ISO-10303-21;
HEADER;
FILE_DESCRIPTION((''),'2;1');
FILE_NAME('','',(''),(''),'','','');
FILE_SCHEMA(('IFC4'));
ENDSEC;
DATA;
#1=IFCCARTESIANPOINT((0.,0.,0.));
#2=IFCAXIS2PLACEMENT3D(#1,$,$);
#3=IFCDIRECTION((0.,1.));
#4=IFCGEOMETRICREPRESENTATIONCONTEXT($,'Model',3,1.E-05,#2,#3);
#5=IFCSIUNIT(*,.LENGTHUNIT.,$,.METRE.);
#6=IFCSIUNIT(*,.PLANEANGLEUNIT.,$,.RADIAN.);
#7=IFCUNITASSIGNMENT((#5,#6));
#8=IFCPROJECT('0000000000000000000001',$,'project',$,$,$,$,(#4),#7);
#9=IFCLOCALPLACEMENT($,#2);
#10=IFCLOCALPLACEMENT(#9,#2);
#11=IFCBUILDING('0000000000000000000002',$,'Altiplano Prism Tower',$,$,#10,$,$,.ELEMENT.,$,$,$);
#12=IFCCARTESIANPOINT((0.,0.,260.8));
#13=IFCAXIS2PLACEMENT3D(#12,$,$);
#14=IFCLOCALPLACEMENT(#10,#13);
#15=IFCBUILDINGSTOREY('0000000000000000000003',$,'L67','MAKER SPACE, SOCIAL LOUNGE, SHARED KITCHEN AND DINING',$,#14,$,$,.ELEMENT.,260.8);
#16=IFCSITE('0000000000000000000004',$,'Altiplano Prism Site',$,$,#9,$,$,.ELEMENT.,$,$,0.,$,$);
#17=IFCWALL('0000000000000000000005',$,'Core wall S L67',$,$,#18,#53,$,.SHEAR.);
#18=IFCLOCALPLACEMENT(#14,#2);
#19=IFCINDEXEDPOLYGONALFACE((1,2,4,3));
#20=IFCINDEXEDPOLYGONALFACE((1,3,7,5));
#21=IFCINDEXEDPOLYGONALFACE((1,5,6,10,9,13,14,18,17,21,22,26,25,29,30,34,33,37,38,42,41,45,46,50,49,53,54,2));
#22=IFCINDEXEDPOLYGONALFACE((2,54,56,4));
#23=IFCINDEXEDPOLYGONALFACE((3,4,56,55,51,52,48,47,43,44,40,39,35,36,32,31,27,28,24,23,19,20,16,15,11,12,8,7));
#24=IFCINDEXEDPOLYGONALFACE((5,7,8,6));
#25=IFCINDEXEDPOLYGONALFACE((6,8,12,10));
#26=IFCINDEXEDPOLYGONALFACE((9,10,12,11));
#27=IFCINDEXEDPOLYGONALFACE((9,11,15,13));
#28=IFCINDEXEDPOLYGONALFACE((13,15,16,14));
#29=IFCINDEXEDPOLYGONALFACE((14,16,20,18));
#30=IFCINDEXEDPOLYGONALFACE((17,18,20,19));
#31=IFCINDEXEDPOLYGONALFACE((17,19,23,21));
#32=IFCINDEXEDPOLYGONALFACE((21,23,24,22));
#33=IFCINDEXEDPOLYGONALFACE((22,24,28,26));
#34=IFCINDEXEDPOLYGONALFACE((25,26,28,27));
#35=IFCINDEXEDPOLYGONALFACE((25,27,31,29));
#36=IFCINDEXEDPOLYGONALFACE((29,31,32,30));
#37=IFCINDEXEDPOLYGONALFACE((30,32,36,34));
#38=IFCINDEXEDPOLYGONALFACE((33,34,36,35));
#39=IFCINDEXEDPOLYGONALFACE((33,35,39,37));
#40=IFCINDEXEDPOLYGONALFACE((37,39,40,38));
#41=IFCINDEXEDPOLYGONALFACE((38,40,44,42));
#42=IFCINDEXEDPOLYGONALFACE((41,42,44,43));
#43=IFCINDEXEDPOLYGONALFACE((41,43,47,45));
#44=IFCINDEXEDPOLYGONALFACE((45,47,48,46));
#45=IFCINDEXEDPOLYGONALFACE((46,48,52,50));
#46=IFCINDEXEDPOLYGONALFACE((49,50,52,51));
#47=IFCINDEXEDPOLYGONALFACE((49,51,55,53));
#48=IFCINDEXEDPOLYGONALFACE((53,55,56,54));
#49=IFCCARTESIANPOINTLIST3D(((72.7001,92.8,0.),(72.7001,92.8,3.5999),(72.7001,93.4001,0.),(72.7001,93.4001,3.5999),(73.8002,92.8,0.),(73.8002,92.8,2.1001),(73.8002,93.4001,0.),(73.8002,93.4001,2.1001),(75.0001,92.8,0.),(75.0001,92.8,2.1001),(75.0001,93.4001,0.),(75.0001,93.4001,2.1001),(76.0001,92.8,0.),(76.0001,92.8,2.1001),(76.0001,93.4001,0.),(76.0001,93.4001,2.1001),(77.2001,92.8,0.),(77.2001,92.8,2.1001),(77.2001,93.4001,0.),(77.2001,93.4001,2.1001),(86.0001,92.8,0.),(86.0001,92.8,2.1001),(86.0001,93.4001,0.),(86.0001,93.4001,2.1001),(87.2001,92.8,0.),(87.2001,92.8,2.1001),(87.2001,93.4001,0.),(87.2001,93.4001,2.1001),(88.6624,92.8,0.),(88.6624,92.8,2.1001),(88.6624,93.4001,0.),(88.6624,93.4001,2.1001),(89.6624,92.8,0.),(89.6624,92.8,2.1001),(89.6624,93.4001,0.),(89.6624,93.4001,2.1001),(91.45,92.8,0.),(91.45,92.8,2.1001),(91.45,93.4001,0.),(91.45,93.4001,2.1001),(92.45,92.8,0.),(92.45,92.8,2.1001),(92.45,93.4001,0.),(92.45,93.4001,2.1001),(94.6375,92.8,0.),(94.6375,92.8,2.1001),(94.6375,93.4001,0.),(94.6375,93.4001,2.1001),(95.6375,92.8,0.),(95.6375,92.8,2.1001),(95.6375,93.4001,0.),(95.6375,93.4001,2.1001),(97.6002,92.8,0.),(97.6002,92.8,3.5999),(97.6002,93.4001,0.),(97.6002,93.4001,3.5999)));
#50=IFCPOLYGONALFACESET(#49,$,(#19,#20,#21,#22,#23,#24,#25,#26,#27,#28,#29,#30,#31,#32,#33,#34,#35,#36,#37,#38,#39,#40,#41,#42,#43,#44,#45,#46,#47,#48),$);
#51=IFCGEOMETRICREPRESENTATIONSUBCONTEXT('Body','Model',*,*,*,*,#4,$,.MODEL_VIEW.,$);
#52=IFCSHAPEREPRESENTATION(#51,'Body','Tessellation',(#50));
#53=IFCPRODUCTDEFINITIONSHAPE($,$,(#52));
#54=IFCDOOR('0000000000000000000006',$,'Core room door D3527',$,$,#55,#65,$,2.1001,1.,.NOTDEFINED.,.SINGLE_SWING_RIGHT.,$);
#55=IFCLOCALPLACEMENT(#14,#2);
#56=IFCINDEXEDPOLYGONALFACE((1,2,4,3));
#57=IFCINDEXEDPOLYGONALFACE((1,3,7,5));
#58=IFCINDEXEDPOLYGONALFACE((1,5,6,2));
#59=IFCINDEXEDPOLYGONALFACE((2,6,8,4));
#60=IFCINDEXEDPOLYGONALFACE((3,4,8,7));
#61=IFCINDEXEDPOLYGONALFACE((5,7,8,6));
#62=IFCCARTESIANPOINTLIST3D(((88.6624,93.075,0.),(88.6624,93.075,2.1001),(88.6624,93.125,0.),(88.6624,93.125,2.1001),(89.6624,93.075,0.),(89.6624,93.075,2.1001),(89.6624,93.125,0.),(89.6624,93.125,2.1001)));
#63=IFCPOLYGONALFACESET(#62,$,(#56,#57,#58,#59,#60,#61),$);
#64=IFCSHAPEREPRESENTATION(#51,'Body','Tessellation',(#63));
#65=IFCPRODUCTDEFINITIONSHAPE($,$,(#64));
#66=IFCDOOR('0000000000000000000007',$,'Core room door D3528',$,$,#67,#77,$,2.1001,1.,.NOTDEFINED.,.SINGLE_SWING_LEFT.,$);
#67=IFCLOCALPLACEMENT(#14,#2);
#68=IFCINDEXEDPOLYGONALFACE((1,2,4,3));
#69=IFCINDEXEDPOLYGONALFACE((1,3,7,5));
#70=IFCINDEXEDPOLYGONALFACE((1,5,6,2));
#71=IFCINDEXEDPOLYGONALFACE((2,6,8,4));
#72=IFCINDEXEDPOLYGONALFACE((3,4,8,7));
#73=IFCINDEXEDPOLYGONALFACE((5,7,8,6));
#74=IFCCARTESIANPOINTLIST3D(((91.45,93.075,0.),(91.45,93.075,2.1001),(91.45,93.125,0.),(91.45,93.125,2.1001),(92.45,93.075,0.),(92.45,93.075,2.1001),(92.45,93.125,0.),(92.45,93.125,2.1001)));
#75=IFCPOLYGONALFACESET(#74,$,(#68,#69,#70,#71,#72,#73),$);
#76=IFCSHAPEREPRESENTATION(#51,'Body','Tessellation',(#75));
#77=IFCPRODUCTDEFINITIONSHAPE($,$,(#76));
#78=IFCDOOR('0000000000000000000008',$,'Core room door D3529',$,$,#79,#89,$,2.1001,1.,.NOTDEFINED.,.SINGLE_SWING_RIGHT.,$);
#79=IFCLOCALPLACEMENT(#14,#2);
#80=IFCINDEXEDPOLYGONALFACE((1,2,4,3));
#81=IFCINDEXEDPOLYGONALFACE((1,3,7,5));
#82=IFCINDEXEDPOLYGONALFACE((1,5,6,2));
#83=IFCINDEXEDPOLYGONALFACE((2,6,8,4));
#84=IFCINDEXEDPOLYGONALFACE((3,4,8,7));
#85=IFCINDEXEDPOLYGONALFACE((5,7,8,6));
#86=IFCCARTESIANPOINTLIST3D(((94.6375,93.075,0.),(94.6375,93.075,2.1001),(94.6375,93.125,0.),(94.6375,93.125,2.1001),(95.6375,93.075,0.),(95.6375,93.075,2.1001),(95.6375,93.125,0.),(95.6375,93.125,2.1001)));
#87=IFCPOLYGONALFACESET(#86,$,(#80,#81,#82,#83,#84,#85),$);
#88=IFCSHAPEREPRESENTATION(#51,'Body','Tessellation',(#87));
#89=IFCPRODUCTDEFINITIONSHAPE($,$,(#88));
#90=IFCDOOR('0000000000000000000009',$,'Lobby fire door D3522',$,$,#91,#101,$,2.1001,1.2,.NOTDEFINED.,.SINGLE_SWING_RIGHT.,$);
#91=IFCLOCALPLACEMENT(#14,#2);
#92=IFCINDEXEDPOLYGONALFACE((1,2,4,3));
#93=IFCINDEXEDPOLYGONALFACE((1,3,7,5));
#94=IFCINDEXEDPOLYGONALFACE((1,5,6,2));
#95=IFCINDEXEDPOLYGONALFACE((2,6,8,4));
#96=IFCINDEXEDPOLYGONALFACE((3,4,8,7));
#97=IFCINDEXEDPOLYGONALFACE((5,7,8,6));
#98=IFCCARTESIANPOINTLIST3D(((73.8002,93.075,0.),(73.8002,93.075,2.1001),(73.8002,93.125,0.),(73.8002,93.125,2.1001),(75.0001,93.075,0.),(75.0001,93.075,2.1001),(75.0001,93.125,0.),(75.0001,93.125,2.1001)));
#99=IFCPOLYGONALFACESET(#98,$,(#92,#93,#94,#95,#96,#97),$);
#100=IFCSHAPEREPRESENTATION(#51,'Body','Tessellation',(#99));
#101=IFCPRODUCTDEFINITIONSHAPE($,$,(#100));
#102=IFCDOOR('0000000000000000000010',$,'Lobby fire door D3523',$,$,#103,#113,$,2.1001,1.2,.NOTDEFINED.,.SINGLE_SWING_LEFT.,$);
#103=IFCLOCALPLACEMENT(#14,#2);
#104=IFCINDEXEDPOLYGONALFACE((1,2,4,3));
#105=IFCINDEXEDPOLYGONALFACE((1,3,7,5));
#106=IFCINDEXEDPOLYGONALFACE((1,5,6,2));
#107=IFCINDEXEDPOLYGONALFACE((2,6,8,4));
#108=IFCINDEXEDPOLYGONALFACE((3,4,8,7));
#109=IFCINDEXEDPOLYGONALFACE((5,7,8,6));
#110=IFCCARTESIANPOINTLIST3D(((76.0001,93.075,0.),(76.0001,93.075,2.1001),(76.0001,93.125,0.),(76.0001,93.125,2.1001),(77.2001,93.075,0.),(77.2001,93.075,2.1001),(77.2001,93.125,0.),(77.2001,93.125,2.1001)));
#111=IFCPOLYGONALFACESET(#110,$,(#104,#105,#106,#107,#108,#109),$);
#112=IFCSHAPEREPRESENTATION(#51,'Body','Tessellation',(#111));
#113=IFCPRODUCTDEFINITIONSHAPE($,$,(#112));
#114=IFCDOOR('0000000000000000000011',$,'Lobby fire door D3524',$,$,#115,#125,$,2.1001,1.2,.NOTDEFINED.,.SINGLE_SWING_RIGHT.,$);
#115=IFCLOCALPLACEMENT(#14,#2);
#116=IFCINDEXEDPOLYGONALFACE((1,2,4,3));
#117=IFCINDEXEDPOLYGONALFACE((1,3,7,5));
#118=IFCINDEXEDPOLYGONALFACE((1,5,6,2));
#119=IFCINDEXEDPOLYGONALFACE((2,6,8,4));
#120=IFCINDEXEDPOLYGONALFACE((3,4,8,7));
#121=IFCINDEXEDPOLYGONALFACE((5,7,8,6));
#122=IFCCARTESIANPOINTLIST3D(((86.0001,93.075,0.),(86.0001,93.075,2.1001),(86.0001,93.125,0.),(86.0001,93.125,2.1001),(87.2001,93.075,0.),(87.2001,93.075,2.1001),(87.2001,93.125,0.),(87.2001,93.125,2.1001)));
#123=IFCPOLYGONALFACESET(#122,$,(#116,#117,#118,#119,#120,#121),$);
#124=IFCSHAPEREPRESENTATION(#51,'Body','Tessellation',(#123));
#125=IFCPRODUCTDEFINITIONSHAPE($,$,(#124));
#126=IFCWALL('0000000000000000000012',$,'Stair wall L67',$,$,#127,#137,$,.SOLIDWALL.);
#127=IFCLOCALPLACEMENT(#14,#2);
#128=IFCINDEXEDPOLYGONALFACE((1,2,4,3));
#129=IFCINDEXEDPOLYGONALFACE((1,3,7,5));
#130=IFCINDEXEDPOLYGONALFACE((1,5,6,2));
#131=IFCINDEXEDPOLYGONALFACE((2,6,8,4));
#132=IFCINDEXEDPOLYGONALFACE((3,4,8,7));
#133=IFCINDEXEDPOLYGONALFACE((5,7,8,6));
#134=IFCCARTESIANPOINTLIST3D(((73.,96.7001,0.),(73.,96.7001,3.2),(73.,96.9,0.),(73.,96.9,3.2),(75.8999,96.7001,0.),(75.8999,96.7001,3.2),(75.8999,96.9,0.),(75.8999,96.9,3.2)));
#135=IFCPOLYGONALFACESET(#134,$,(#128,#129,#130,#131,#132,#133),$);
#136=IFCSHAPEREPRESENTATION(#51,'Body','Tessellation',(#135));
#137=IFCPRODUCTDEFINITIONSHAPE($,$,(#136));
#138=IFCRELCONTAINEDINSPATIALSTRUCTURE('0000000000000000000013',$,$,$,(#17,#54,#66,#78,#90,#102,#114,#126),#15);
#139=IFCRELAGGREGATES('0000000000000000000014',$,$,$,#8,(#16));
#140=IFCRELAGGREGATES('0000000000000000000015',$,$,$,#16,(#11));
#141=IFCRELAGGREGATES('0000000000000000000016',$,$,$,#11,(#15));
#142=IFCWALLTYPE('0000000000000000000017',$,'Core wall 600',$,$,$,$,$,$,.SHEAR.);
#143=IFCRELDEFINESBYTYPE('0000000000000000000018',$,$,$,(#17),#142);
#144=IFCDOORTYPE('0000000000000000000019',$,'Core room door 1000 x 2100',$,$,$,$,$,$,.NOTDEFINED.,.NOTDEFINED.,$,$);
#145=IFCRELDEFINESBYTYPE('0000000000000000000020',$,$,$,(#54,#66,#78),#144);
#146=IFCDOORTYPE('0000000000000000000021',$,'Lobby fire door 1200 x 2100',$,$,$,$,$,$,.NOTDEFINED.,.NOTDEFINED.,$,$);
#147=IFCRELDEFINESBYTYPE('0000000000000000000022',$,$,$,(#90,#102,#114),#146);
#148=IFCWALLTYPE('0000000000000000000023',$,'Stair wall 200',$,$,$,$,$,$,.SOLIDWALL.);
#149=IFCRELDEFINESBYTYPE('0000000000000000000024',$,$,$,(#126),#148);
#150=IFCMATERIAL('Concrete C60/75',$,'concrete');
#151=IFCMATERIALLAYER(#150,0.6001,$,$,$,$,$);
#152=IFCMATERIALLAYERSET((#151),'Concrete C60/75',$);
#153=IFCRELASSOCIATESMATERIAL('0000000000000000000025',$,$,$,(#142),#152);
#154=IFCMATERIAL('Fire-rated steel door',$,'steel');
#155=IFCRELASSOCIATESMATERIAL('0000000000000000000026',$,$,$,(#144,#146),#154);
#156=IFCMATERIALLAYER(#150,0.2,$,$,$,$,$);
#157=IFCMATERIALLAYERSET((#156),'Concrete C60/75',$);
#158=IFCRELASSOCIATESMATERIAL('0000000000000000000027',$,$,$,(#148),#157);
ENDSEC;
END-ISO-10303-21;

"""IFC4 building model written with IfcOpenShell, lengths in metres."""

from ifc_helpers import new_model, si_unit, direction, frame, frame_2d, origin, place, context, subcontext, project, spatial, rectangle, extrude, material, layer, layer_set, type_object, element, fill, save


model = new_model("IFC4")

# Units and contexts
model_context = context("Model", 3, precision=1e-05, world=origin(), true_north=direction((0.0, 1.0)))
body_context = subcontext(model_context, "Body", "Model", "MODEL_VIEW")
ifc_project = project(units=[si_unit("LENGTHUNIT", "METRE"), si_unit("PLANEANGLEUNIT", "RADIAN")], contexts=[model_context])

# Site, building, storey
site_placement = place(None, origin())
site = spatial("IfcSite", under=ifc_project, at=site_placement, Name="Altiplano Prism Site", CompositionType="ELEMENT", RefElevation=0.0)
building_placement = place(site_placement, origin())
building = spatial("IfcBuilding", under=site, at=building_placement, Name="Altiplano Prism Tower", CompositionType="ELEMENT")
storey_placement = place(building_placement, frame((0.0, 0.0, 260.8)))
storey = spatial("IfcBuildingStorey", under=building, at=storey_placement, Name="L67", Description="MAKER SPACE, SOCIAL LOUNGE, SHARED KITCHEN AND DINING", CompositionType="ELEMENT", Elevation=260.8)

# Wall, openings, doors
ifc_material_1 = material(Name="Concrete C60/75", Category="concrete")
ifc_layer_1 = layer(ifc_material_1, 0.6001)
ifc_layer_set_1 = layer_set([ifc_layer_1], Name="Concrete C60/75")
wall_type_1 = type_object("IfcWallType", Name="Core wall 600", PredefinedType="SHEAR", material=ifc_layer_set_1)
wall_1_placement = place(storey_placement, frame((72.7, 93.1001, 0.0), z_axis=(0.0, 0.0, 1.0), x_axis=(1.0, 0.0, 0.0)))
wall_1 = element("IfcWall", 1, at=wall_1_placement, inside=storey, type_object=wall_type_1, Name="Core wall S L67", PredefinedType="SHEAR", context=body_context, shape_type="SweptSolid", body=[
    extrude(rectangle(XDim=24.9001, YDim=0.6001, at=frame_2d((12.4502, 0.0))), origin(), (0.0, 0.0, 1.0), 3.5999),
])
opening_1_placement = place(wall_1_placement, frame((1.1001, 0.0, 0.0)))
opening_1 = element("IfcOpeningElement", 2, at=opening_1_placement, cuts=wall_1, PredefinedType="OPENING", context=body_context, shape_type="SweptSolid", body=[
    extrude(rectangle(XDim=1.2, YDim=2.1001, at=frame_2d((0.6001, 1.05))), frame((0.0, 0.3105, 0.0), z_axis=(0.0, -1.0, 0.0), x_axis=(1.0, 0.0, 0.0)), (0.0, 0.0, 1.0), 0.6211),
])
opening_2_placement = place(wall_1_placement, frame((3.3, 0.0, 0.0)))
opening_2 = element("IfcOpeningElement", 3, at=opening_2_placement, cuts=wall_1, PredefinedType="OPENING", context=body_context, shape_type="SweptSolid", body=[
    extrude(rectangle(XDim=1.2, YDim=2.1001, at=frame_2d((0.6001, 1.05))), frame((0.0, 0.3105, 0.0), z_axis=(0.0, -1.0, 0.0), x_axis=(1.0, 0.0, 0.0)), (0.0, 0.0, 1.0), 0.6211),
])
opening_3_placement = place(wall_1_placement, frame((13.3, 0.0, 0.0)))
opening_3 = element("IfcOpeningElement", 4, at=opening_3_placement, cuts=wall_1, PredefinedType="OPENING", context=body_context, shape_type="SweptSolid", body=[
    extrude(rectangle(XDim=1.2, YDim=2.1001, at=frame_2d((0.6001, 1.05))), frame((0.0, 0.3105, 0.0), z_axis=(0.0, -1.0, 0.0), x_axis=(1.0, 0.0, 0.0)), (0.0, 0.0, 1.0), 0.6211),
])
opening_4_placement = place(wall_1_placement, frame((15.9624, 0.0, 0.0)))
opening_4 = element("IfcOpeningElement", 5, at=opening_4_placement, cuts=wall_1, PredefinedType="OPENING", context=body_context, shape_type="SweptSolid", body=[
    extrude(rectangle(XDim=1.0, YDim=2.1001, at=frame_2d((0.5, 1.05))), frame((0.0, 0.3105, 0.0), z_axis=(0.0, -1.0, 0.0), x_axis=(1.0, 0.0, 0.0)), (0.0, 0.0, 1.0), 0.6211),
])
opening_5_placement = place(wall_1_placement, frame((18.75, 0.0, 0.0)))
opening_5 = element("IfcOpeningElement", 6, at=opening_5_placement, cuts=wall_1, PredefinedType="OPENING", context=body_context, shape_type="SweptSolid", body=[
    extrude(rectangle(XDim=1.0, YDim=2.1001, at=frame_2d((0.5, 1.05))), frame((0.0, 0.3105, 0.0), z_axis=(0.0, -1.0, 0.0), x_axis=(1.0, 0.0, 0.0)), (0.0, 0.0, 1.0), 0.6211),
])
opening_6_placement = place(wall_1_placement, frame((21.9375, 0.0, 0.0)))
opening_6 = element("IfcOpeningElement", 7, at=opening_6_placement, cuts=wall_1, PredefinedType="OPENING", context=body_context, shape_type="SweptSolid", body=[
    extrude(rectangle(XDim=1.0, YDim=2.1001, at=frame_2d((0.5, 1.05))), frame((0.0, 0.3105, 0.0), z_axis=(0.0, -1.0, 0.0), x_axis=(1.0, 0.0, 0.0)), (0.0, 0.0, 1.0), 0.6211),
])
ifc_material_2 = material(Name="Fire-rated steel door", Category="steel")
door_type_1 = type_object("IfcDoorType", Name="Core room door 1000 x 2100", OperationType="NOTDEFINED", PredefinedType="NOTDEFINED", material=ifc_material_2)
door_1_placement = place(opening_4_placement, origin())
door_1 = element("IfcDoor", 8, at=door_1_placement, inside=storey, type_object=door_type_1, Name="Core room door D3527", OperationType="SINGLE_SWING_RIGHT", OverallHeight=2.1001, OverallWidth=1.0, PredefinedType="NOTDEFINED", context=body_context, shape_type="SweptSolid", body=[
    extrude(rectangle(XDim=1.0, YDim=2.1001, at=frame_2d((0.5, 1.05))), frame((0.0, 0.0249, 0.0), z_axis=(0.0, -1.0, 0.0), x_axis=(1.0, 0.0, 0.0)), (0.0, 0.0, 1.0), 0.05),
])
fill(opening_4, door_1)
door_2_placement = place(opening_5_placement, origin())
door_2 = element("IfcDoor", 9, at=door_2_placement, inside=storey, type_object=door_type_1, Name="Core room door D3528", OperationType="SINGLE_SWING_LEFT", OverallHeight=2.1001, OverallWidth=1.0, PredefinedType="NOTDEFINED", context=body_context, shape_type="SweptSolid", body=[
    extrude(rectangle(XDim=1.0, YDim=2.1001, at=frame_2d((0.5, 1.05))), frame((0.0, 0.0249, 0.0), z_axis=(0.0, -1.0, 0.0), x_axis=(1.0, 0.0, 0.0)), (0.0, 0.0, 1.0), 0.05),
])
fill(opening_5, door_2)
door_3_placement = place(opening_6_placement, origin())
door_3 = element("IfcDoor", 10, at=door_3_placement, inside=storey, type_object=door_type_1, Name="Core room door D3529", OperationType="SINGLE_SWING_RIGHT", OverallHeight=2.1001, OverallWidth=1.0, PredefinedType="NOTDEFINED", context=body_context, shape_type="SweptSolid", body=[
    extrude(rectangle(XDim=1.0, YDim=2.1001, at=frame_2d((0.5, 1.05))), frame((0.0, 0.0249, 0.0), z_axis=(0.0, -1.0, 0.0), x_axis=(1.0, 0.0, 0.0)), (0.0, 0.0, 1.0), 0.05),
])
fill(opening_6, door_3)
door_type_2 = type_object("IfcDoorType", Name="Lobby fire door 1200 x 2100", OperationType="NOTDEFINED", PredefinedType="NOTDEFINED", material=ifc_material_2)
door_4_placement = place(opening_1_placement, origin())
door_4 = element("IfcDoor", 11, at=door_4_placement, inside=storey, type_object=door_type_2, Name="Lobby fire door D3522", OperationType="SINGLE_SWING_RIGHT", OverallHeight=2.1001, OverallWidth=1.2, PredefinedType="NOTDEFINED", context=body_context, shape_type="SweptSolid", body=[
    extrude(rectangle(XDim=1.2, YDim=2.1001, at=frame_2d((0.6001, 1.05))), frame((0.0, 0.0249, 0.0), z_axis=(0.0, -1.0, 0.0), x_axis=(1.0, 0.0, 0.0)), (0.0, 0.0, 1.0), 0.05),
])
fill(opening_1, door_4)
door_5_placement = place(opening_2_placement, origin())
door_5 = element("IfcDoor", 12, at=door_5_placement, inside=storey, type_object=door_type_2, Name="Lobby fire door D3523", OperationType="SINGLE_SWING_LEFT", OverallHeight=2.1001, OverallWidth=1.2, PredefinedType="NOTDEFINED", context=body_context, shape_type="SweptSolid", body=[
    extrude(rectangle(XDim=1.2, YDim=2.1001, at=frame_2d((0.6001, 1.05))), frame((0.0, 0.0249, 0.0), z_axis=(0.0, -1.0, 0.0), x_axis=(1.0, 0.0, 0.0)), (0.0, 0.0, 1.0), 0.05),
])
fill(opening_2, door_5)
door_6_placement = place(opening_3_placement, origin())
door_6 = element("IfcDoor", 13, at=door_6_placement, inside=storey, type_object=door_type_2, Name="Lobby fire door D3524", OperationType="SINGLE_SWING_RIGHT", OverallHeight=2.1001, OverallWidth=1.2, PredefinedType="NOTDEFINED", context=body_context, shape_type="SweptSolid", body=[
    extrude(rectangle(XDim=1.2, YDim=2.1001, at=frame_2d((0.6001, 1.05))), frame((0.0, 0.0249, 0.0), z_axis=(0.0, -1.0, 0.0), x_axis=(1.0, 0.0, 0.0)), (0.0, 0.0, 1.0), 0.05),
])
fill(opening_3, door_6)

# Wall
ifc_layer_2 = layer(ifc_material_1, 0.2)
ifc_layer_set_2 = layer_set([ifc_layer_2], Name="Concrete C60/75")
wall_type_2 = type_object("IfcWallType", Name="Stair wall 200", PredefinedType="SOLIDWALL", material=ifc_layer_set_2)
wall_2_placement = place(storey_placement, frame((73.0, 96.8, 0.0), z_axis=(0.0, 0.0, 1.0), x_axis=(1.0, 0.0, 0.0)))
element("IfcWall", 14, at=wall_2_placement, inside=storey, type_object=wall_type_2, Name="Stair wall L67", PredefinedType="SOLIDWALL", context=body_context, shape_type="SweptSolid", body=[
    extrude(rectangle(XDim=2.8999, YDim=0.2, at=frame_2d((1.45, 0.0))), origin(), (0.0, 0.0, 1.0), 3.2),
])

save(model, "model.ifc")
